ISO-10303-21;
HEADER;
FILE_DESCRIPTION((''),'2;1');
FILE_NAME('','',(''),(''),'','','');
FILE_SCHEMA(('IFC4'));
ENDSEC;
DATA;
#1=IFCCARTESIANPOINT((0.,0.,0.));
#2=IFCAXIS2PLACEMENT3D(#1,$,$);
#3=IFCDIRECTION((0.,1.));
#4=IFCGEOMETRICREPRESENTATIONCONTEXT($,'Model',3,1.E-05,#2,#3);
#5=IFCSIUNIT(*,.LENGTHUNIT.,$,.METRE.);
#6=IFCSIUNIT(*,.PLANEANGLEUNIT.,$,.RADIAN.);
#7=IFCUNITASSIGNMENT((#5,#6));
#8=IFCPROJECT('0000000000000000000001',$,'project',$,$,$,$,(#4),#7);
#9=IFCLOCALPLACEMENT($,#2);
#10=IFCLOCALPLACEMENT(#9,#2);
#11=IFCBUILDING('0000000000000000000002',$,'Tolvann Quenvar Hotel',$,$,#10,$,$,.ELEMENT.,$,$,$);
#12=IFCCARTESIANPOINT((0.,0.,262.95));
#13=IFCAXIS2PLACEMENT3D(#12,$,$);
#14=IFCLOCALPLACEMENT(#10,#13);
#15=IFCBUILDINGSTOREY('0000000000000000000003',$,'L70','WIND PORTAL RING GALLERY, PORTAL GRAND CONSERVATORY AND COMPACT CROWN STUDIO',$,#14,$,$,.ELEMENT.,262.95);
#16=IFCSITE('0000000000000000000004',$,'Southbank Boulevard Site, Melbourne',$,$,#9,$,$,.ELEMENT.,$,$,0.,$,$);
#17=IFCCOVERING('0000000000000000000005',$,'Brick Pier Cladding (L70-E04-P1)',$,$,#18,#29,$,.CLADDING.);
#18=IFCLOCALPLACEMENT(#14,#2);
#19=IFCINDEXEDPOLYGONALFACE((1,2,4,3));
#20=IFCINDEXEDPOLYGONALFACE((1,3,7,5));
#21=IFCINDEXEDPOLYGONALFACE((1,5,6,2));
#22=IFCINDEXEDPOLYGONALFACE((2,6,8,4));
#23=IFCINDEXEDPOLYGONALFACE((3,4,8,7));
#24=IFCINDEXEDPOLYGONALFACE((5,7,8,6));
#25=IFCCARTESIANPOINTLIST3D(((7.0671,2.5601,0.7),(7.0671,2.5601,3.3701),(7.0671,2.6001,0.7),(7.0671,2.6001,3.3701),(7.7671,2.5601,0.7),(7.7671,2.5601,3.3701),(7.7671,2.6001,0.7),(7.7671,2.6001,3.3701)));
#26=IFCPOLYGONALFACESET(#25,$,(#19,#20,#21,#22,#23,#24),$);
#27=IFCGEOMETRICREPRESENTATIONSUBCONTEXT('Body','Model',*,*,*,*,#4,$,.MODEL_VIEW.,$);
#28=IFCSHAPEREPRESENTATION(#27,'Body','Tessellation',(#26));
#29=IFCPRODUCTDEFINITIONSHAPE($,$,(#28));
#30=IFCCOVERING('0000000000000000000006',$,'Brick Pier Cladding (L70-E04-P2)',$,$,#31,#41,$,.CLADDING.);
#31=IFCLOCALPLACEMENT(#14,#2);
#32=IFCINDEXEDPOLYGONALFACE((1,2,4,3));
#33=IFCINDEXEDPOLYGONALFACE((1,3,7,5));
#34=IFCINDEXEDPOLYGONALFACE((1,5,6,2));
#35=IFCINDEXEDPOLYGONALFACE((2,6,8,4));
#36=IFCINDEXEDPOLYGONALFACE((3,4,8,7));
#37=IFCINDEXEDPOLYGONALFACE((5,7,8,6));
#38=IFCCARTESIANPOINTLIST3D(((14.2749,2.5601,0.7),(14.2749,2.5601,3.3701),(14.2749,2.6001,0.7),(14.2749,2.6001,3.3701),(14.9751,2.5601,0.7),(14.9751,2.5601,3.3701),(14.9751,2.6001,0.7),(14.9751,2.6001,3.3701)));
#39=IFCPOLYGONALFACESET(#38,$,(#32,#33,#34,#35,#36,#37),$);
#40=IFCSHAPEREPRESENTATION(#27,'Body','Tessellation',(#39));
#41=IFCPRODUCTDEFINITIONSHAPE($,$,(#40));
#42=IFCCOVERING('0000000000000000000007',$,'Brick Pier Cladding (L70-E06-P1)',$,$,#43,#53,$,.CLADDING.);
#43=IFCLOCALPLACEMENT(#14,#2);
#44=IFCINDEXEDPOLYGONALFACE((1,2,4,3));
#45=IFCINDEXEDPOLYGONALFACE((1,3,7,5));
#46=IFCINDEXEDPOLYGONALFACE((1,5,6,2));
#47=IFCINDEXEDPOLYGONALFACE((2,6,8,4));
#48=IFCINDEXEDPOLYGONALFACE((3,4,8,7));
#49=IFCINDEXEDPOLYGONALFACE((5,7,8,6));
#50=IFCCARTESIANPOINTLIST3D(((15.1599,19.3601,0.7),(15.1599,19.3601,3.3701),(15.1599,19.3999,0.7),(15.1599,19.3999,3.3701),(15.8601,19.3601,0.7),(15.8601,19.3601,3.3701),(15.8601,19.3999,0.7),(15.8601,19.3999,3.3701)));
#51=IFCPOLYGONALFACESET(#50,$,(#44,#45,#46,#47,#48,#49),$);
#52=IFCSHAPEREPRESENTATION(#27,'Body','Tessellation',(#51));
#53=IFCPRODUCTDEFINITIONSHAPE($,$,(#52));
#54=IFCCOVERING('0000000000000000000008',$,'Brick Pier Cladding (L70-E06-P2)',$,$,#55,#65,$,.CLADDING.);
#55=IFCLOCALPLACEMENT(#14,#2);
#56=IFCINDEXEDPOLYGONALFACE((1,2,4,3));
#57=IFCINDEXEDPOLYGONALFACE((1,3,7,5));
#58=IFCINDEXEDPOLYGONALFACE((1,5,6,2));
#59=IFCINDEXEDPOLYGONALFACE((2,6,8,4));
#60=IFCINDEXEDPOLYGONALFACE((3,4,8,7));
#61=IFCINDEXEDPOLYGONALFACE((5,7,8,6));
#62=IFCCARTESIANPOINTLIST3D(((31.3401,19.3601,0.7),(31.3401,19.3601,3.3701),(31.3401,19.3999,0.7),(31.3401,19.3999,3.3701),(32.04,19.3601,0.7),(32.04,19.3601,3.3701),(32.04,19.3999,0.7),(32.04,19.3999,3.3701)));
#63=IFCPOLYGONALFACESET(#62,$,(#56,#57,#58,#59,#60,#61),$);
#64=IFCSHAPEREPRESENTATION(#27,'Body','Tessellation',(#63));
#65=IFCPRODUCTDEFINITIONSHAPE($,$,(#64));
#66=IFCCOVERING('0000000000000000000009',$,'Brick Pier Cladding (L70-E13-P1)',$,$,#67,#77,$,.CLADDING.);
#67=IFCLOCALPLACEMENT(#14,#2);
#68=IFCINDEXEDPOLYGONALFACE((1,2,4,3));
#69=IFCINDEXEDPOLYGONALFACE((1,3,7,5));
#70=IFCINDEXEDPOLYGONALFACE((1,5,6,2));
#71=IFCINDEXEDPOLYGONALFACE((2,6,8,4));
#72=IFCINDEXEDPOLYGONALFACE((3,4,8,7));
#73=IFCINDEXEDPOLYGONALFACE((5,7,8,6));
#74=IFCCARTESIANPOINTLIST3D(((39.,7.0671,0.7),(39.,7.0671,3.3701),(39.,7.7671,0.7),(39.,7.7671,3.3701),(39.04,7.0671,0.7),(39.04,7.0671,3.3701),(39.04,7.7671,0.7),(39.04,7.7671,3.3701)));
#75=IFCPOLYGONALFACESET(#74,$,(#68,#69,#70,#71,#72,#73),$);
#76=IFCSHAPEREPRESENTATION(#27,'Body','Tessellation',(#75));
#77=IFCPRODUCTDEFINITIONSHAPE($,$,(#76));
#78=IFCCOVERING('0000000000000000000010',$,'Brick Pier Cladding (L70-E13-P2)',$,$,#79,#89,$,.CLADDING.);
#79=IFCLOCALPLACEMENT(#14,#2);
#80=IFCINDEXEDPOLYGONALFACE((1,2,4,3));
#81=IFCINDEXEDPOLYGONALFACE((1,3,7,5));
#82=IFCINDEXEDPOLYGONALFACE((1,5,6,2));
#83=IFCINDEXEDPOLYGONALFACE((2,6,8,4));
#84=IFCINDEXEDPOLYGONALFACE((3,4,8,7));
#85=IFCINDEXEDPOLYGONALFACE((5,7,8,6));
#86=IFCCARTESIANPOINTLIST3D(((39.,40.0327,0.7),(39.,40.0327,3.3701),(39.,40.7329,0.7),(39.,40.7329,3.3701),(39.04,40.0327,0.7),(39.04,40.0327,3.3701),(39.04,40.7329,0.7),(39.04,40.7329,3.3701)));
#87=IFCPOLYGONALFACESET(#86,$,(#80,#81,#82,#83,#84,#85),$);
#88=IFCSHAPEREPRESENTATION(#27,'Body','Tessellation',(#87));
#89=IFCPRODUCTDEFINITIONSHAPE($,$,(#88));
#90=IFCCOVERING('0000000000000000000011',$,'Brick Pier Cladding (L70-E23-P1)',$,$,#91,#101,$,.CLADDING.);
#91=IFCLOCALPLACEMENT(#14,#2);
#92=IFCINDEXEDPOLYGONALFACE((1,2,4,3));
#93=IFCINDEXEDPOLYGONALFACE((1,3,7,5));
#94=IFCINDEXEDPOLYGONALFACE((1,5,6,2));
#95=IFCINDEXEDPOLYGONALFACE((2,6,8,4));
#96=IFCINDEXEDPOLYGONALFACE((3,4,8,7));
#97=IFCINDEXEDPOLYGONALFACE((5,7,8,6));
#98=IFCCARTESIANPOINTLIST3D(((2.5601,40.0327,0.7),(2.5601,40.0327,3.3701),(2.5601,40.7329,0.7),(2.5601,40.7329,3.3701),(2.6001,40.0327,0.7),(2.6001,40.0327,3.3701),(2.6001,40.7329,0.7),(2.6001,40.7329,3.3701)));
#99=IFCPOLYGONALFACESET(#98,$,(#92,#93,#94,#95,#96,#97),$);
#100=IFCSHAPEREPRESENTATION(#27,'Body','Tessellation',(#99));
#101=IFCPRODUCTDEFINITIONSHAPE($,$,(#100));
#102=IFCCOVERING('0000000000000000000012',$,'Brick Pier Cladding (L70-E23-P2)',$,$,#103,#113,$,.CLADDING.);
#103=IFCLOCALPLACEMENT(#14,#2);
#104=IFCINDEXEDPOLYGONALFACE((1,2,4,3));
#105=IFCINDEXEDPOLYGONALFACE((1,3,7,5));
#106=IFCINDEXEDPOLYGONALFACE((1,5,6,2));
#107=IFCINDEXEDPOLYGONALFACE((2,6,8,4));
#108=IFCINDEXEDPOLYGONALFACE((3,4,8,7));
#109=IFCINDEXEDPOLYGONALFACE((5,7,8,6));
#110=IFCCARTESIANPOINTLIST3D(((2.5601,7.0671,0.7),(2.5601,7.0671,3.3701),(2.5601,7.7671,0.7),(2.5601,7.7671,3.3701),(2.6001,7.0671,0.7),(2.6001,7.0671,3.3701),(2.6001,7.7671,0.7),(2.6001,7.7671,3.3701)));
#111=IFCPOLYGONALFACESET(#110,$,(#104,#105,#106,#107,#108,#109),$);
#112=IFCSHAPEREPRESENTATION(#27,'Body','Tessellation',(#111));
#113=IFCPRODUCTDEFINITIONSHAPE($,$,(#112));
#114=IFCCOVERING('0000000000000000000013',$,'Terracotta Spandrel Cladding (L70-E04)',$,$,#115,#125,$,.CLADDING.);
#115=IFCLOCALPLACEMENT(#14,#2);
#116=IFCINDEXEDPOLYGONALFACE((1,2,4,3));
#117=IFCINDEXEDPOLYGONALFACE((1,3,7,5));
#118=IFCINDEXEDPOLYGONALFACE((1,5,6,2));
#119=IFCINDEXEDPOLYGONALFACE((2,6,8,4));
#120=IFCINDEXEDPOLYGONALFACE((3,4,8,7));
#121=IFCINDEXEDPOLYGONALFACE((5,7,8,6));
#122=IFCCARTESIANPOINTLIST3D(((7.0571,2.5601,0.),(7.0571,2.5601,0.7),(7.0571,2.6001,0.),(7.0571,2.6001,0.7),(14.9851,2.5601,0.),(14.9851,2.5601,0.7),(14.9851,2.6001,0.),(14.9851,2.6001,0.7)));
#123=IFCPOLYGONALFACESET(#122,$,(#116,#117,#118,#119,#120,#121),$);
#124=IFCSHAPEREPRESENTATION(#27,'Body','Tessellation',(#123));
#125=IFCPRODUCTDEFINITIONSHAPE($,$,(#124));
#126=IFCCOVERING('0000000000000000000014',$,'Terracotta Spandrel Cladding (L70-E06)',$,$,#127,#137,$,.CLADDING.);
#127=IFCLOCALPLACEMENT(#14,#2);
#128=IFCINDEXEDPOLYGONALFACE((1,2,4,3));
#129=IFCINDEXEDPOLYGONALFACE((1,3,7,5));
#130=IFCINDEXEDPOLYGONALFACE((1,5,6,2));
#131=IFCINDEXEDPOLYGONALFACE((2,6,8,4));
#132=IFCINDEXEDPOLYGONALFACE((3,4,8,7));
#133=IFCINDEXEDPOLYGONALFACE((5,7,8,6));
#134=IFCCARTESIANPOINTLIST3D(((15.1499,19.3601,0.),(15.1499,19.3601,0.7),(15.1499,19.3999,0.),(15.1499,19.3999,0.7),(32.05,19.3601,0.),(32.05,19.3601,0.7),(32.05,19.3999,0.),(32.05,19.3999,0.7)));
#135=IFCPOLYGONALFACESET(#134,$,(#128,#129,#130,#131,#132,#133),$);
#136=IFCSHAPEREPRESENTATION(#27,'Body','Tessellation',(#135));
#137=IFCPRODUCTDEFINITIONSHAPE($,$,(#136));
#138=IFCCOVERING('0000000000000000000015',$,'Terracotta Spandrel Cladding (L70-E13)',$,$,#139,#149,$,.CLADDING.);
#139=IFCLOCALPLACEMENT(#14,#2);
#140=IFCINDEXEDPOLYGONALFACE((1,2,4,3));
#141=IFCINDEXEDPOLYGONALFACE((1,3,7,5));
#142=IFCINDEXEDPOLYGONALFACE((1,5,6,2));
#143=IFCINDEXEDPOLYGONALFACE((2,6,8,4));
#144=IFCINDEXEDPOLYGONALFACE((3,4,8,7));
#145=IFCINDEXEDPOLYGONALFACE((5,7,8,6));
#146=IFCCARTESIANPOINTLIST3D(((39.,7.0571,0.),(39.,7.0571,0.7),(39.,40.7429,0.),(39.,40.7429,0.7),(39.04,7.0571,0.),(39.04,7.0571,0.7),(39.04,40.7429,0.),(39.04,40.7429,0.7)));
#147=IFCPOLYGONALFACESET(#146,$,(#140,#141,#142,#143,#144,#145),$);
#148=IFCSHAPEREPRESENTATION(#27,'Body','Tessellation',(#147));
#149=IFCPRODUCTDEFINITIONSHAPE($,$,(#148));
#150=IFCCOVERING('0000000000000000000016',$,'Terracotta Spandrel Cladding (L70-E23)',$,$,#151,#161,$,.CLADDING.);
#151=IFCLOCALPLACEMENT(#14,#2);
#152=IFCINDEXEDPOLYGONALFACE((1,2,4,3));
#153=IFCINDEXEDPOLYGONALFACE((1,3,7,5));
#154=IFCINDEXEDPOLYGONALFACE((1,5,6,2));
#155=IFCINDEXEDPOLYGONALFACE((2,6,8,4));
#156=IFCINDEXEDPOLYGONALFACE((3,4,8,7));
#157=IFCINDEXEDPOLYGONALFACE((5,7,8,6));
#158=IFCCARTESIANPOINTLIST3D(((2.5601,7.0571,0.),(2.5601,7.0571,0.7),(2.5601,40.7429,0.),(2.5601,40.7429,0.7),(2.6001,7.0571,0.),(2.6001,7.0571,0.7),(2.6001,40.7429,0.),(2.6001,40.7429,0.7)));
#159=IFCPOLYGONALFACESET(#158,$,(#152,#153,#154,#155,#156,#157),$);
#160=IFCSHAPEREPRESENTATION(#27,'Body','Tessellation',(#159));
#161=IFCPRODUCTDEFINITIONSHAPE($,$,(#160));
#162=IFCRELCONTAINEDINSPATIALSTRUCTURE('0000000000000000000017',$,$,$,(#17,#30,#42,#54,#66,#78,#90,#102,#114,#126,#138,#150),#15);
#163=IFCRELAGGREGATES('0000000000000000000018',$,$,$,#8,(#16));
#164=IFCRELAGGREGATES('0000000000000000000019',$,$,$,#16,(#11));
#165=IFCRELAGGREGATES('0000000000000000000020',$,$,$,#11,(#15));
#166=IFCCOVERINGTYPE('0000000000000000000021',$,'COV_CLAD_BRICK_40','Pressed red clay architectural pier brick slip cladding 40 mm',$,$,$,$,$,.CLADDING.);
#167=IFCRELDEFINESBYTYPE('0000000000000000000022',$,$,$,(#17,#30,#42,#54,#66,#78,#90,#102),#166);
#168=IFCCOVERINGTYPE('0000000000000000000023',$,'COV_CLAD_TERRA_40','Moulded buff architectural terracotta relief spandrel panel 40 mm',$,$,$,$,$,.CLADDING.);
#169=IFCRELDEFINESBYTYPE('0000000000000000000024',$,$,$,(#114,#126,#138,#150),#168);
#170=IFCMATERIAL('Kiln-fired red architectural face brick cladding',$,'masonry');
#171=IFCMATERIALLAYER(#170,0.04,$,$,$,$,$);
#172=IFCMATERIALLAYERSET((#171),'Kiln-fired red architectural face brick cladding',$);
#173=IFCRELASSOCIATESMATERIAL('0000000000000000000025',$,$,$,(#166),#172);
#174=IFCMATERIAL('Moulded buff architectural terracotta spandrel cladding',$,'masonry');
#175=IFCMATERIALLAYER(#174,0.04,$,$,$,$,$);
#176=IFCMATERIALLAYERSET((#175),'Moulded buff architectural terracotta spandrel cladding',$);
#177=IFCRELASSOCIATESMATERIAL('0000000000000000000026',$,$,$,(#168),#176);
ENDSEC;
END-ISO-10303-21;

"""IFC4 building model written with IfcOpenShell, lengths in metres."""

from ifc_helpers import new_model, si_unit, direction, frame, origin, place, context, subcontext, project, spatial, polyline, outline, extrude, material, layer, layer_set, type_object, element, save


model = new_model("IFC4")

# Units and contexts
model_context = context("Model", 3, precision=1e-05, world=origin(), true_north=direction((0.0, 1.0)))
body_context = subcontext(model_context, "Body", "Model", "MODEL_VIEW")
ifc_project = project(units=[si_unit("LENGTHUNIT", "METRE"), si_unit("PLANEANGLEUNIT", "RADIAN")], contexts=[model_context])

# Site, building, storey
site_placement = place(None, origin())
site = spatial("IfcSite", under=ifc_project, at=site_placement, Name="Southbank Boulevard Site, Melbourne", CompositionType="ELEMENT", RefElevation=0.0)
building_placement = place(site_placement, origin())
building = spatial("IfcBuilding", under=site, at=building_placement, Name="Tolvann Quenvar Hotel", CompositionType="ELEMENT")
storey_placement = place(building_placement, frame((0.0, 0.0, 262.95)))
storey = spatial("IfcBuildingStorey", under=building, at=storey_placement, Name="L70", Description="WIND PORTAL RING GALLERY, PORTAL GRAND CONSERVATORY AND COMPACT CROWN STUDIO", CompositionType="ELEMENT", Elevation=262.95)

# Coverings
ifc_material_1 = material(Name="Kiln-fired red architectural face brick cladding", Category="masonry")
ifc_layer_1 = layer(ifc_material_1, 0.04)
ifc_layer_set_1 = layer_set([ifc_layer_1], Name="Kiln-fired red architectural face brick cladding")
covering_type_1 = type_object("IfcCoveringType", Name="COV_CLAD_BRICK_40", Description="Pressed red clay architectural pier brick slip cladding 40 mm", PredefinedType="CLADDING", material=ifc_layer_set_1)
covering_1_placement = place(storey_placement, frame((0.0, 0.0, 0.7)))
element("IfcCovering", 1, at=covering_1_placement, inside=storey, type_object=covering_type_1, Name="Brick Pier Cladding (L70-E04-P1)", PredefinedType="CLADDING", context=body_context, shape_type="SweptSolid", body=[
    extrude(outline(polyline([(7.0671, 2.6001), (7.7671, 2.6001), (7.7671, 2.5601), (7.0671, 2.5601), (7.0671, 2.6001)])), origin(), (0.0, 0.0, 1.0), 2.6702),
])
covering_2_placement = place(storey_placement, frame((0.0, 0.0, 0.7)))
element("IfcCovering", 2, at=covering_2_placement, inside=storey, type_object=covering_type_1, Name="Brick Pier Cladding (L70-E04-P2)", PredefinedType="CLADDING", context=body_context, shape_type="SweptSolid", body=[
    extrude(outline(polyline([(14.2749, 2.6001), (14.9751, 2.6001), (14.9751, 2.5601), (14.2749, 2.5601), (14.2749, 2.6001)])), origin(), (0.0, 0.0, 1.0), 2.6702),
])
covering_3_placement = place(storey_placement, frame((0.0, 0.0, 0.7)))
element("IfcCovering", 3, at=covering_3_placement, inside=storey, type_object=covering_type_1, Name="Brick Pier Cladding (L70-E06-P1)", PredefinedType="CLADDING", context=body_context, shape_type="SweptSolid", body=[
    extrude(outline(polyline([(15.1599, 19.3999), (15.8601, 19.3999), (15.8601, 19.3601), (15.1599, 19.3601), (15.1599, 19.3999)])), origin(), (0.0, 0.0, 1.0), 2.6702),
])
covering_4_placement = place(storey_placement, frame((0.0, 0.0, 0.7)))
element("IfcCovering", 4, at=covering_4_placement, inside=storey, type_object=covering_type_1, Name="Brick Pier Cladding (L70-E06-P2)", PredefinedType="CLADDING", context=body_context, shape_type="SweptSolid", body=[
    extrude(outline(polyline([(31.3401, 19.3999), (32.04, 19.3999), (32.04, 19.3601), (31.3401, 19.3601), (31.3401, 19.3999)])), origin(), (0.0, 0.0, 1.0), 2.6702),
])
covering_5_placement = place(storey_placement, frame((0.0, 0.0, 0.7)))
element("IfcCovering", 5, at=covering_5_placement, inside=storey, type_object=covering_type_1, Name="Brick Pier Cladding (L70-E13-P1)", PredefinedType="CLADDING", context=body_context, shape_type="SweptSolid", body=[
    extrude(outline(polyline([(39.0, 7.0671), (39.0, 7.7671), (39.04, 7.7671), (39.04, 7.0671), (39.0, 7.0671)])), origin(), (0.0, 0.0, 1.0), 2.6702),
])
covering_6_placement = place(storey_placement, frame((0.0, 0.0, 0.7)))
element("IfcCovering", 6, at=covering_6_placement, inside=storey, type_object=covering_type_1, Name="Brick Pier Cladding (L70-E13-P2)", PredefinedType="CLADDING", context=body_context, shape_type="SweptSolid", body=[
    extrude(outline(polyline([(39.0, 40.0327), (39.0, 40.7329), (39.04, 40.7329), (39.04, 40.0327), (39.0, 40.0327)])), origin(), (0.0, 0.0, 1.0), 2.6702),
])
covering_7_placement = place(storey_placement, frame((0.0, 0.0, 0.7)))
element("IfcCovering", 7, at=covering_7_placement, inside=storey, type_object=covering_type_1, Name="Brick Pier Cladding (L70-E23-P1)", PredefinedType="CLADDING", context=body_context, shape_type="SweptSolid", body=[
    extrude(outline(polyline([(2.6001, 40.7329), (2.6001, 40.0327), (2.5601, 40.0327), (2.5601, 40.7329), (2.6001, 40.7329)])), origin(), (0.0, 0.0, 1.0), 2.6702),
])
covering_8_placement = place(storey_placement, frame((0.0, 0.0, 0.7)))
element("IfcCovering", 8, at=covering_8_placement, inside=storey, type_object=covering_type_1, Name="Brick Pier Cladding (L70-E23-P2)", PredefinedType="CLADDING", context=body_context, shape_type="SweptSolid", body=[
    extrude(outline(polyline([(2.6001, 7.7671), (2.6001, 7.0671), (2.5601, 7.0671), (2.5601, 7.7671), (2.6001, 7.7671)])), origin(), (0.0, 0.0, 1.0), 2.6702),
])
ifc_material_2 = material(Name="Moulded buff architectural terracotta spandrel cladding", Category="masonry")
ifc_layer_2 = layer(ifc_material_2, 0.04)
ifc_layer_set_2 = layer_set([ifc_layer_2], Name="Moulded buff architectural terracotta spandrel cladding")
covering_type_2 = type_object("IfcCoveringType", Name="COV_CLAD_TERRA_40", Description="Moulded buff architectural terracotta relief spandrel panel 40 mm", PredefinedType="CLADDING", material=ifc_layer_set_2)
covering_9_placement = place(storey_placement, origin())
element("IfcCovering", 9, at=covering_9_placement, inside=storey, type_object=covering_type_2, Name="Terracotta Spandrel Cladding (L70-E04)", PredefinedType="CLADDING", context=body_context, shape_type="SweptSolid", body=[
    extrude(outline(polyline([(7.0571, 2.6001), (14.9851, 2.6001), (14.9851, 2.5601), (7.0571, 2.5601), (7.0571, 2.6001)])), origin(), (0.0, 0.0, 1.0), 0.7),
])
covering_10_placement = place(storey_placement, origin())
element("IfcCovering", 10, at=covering_10_placement, inside=storey, type_object=covering_type_2, Name="Terracotta Spandrel Cladding (L70-E06)", PredefinedType="CLADDING", context=body_context, shape_type="SweptSolid", body=[
    extrude(outline(polyline([(15.1499, 19.3999), (32.05, 19.3999), (32.05, 19.3601), (15.1499, 19.3601), (15.1499, 19.3999)])), origin(), (0.0, 0.0, 1.0), 0.7),
])
covering_11_placement = place(storey_placement, origin())
element("IfcCovering", 11, at=covering_11_placement, inside=storey, type_object=covering_type_2, Name="Terracotta Spandrel Cladding (L70-E13)", PredefinedType="CLADDING", context=body_context, shape_type="SweptSolid", body=[
    extrude(outline(polyline([(39.0, 7.0571), (39.0, 40.7429), (39.04, 40.7429), (39.04, 7.0571), (39.0, 7.0571)])), origin(), (0.0, 0.0, 1.0), 0.7),
])
covering_12_placement = place(storey_placement, origin())
element("IfcCovering", 12, at=covering_12_placement, inside=storey, type_object=covering_type_2, Name="Terracotta Spandrel Cladding (L70-E23)", PredefinedType="CLADDING", context=body_context, shape_type="SweptSolid", body=[
    extrude(outline(polyline([(2.6001, 40.7429), (2.6001, 7.0571), (2.5601, 7.0571), (2.5601, 40.7429), (2.6001, 40.7429)])), origin(), (0.0, 0.0, 1.0), 0.7),
])

save(model, "model.ifc")
